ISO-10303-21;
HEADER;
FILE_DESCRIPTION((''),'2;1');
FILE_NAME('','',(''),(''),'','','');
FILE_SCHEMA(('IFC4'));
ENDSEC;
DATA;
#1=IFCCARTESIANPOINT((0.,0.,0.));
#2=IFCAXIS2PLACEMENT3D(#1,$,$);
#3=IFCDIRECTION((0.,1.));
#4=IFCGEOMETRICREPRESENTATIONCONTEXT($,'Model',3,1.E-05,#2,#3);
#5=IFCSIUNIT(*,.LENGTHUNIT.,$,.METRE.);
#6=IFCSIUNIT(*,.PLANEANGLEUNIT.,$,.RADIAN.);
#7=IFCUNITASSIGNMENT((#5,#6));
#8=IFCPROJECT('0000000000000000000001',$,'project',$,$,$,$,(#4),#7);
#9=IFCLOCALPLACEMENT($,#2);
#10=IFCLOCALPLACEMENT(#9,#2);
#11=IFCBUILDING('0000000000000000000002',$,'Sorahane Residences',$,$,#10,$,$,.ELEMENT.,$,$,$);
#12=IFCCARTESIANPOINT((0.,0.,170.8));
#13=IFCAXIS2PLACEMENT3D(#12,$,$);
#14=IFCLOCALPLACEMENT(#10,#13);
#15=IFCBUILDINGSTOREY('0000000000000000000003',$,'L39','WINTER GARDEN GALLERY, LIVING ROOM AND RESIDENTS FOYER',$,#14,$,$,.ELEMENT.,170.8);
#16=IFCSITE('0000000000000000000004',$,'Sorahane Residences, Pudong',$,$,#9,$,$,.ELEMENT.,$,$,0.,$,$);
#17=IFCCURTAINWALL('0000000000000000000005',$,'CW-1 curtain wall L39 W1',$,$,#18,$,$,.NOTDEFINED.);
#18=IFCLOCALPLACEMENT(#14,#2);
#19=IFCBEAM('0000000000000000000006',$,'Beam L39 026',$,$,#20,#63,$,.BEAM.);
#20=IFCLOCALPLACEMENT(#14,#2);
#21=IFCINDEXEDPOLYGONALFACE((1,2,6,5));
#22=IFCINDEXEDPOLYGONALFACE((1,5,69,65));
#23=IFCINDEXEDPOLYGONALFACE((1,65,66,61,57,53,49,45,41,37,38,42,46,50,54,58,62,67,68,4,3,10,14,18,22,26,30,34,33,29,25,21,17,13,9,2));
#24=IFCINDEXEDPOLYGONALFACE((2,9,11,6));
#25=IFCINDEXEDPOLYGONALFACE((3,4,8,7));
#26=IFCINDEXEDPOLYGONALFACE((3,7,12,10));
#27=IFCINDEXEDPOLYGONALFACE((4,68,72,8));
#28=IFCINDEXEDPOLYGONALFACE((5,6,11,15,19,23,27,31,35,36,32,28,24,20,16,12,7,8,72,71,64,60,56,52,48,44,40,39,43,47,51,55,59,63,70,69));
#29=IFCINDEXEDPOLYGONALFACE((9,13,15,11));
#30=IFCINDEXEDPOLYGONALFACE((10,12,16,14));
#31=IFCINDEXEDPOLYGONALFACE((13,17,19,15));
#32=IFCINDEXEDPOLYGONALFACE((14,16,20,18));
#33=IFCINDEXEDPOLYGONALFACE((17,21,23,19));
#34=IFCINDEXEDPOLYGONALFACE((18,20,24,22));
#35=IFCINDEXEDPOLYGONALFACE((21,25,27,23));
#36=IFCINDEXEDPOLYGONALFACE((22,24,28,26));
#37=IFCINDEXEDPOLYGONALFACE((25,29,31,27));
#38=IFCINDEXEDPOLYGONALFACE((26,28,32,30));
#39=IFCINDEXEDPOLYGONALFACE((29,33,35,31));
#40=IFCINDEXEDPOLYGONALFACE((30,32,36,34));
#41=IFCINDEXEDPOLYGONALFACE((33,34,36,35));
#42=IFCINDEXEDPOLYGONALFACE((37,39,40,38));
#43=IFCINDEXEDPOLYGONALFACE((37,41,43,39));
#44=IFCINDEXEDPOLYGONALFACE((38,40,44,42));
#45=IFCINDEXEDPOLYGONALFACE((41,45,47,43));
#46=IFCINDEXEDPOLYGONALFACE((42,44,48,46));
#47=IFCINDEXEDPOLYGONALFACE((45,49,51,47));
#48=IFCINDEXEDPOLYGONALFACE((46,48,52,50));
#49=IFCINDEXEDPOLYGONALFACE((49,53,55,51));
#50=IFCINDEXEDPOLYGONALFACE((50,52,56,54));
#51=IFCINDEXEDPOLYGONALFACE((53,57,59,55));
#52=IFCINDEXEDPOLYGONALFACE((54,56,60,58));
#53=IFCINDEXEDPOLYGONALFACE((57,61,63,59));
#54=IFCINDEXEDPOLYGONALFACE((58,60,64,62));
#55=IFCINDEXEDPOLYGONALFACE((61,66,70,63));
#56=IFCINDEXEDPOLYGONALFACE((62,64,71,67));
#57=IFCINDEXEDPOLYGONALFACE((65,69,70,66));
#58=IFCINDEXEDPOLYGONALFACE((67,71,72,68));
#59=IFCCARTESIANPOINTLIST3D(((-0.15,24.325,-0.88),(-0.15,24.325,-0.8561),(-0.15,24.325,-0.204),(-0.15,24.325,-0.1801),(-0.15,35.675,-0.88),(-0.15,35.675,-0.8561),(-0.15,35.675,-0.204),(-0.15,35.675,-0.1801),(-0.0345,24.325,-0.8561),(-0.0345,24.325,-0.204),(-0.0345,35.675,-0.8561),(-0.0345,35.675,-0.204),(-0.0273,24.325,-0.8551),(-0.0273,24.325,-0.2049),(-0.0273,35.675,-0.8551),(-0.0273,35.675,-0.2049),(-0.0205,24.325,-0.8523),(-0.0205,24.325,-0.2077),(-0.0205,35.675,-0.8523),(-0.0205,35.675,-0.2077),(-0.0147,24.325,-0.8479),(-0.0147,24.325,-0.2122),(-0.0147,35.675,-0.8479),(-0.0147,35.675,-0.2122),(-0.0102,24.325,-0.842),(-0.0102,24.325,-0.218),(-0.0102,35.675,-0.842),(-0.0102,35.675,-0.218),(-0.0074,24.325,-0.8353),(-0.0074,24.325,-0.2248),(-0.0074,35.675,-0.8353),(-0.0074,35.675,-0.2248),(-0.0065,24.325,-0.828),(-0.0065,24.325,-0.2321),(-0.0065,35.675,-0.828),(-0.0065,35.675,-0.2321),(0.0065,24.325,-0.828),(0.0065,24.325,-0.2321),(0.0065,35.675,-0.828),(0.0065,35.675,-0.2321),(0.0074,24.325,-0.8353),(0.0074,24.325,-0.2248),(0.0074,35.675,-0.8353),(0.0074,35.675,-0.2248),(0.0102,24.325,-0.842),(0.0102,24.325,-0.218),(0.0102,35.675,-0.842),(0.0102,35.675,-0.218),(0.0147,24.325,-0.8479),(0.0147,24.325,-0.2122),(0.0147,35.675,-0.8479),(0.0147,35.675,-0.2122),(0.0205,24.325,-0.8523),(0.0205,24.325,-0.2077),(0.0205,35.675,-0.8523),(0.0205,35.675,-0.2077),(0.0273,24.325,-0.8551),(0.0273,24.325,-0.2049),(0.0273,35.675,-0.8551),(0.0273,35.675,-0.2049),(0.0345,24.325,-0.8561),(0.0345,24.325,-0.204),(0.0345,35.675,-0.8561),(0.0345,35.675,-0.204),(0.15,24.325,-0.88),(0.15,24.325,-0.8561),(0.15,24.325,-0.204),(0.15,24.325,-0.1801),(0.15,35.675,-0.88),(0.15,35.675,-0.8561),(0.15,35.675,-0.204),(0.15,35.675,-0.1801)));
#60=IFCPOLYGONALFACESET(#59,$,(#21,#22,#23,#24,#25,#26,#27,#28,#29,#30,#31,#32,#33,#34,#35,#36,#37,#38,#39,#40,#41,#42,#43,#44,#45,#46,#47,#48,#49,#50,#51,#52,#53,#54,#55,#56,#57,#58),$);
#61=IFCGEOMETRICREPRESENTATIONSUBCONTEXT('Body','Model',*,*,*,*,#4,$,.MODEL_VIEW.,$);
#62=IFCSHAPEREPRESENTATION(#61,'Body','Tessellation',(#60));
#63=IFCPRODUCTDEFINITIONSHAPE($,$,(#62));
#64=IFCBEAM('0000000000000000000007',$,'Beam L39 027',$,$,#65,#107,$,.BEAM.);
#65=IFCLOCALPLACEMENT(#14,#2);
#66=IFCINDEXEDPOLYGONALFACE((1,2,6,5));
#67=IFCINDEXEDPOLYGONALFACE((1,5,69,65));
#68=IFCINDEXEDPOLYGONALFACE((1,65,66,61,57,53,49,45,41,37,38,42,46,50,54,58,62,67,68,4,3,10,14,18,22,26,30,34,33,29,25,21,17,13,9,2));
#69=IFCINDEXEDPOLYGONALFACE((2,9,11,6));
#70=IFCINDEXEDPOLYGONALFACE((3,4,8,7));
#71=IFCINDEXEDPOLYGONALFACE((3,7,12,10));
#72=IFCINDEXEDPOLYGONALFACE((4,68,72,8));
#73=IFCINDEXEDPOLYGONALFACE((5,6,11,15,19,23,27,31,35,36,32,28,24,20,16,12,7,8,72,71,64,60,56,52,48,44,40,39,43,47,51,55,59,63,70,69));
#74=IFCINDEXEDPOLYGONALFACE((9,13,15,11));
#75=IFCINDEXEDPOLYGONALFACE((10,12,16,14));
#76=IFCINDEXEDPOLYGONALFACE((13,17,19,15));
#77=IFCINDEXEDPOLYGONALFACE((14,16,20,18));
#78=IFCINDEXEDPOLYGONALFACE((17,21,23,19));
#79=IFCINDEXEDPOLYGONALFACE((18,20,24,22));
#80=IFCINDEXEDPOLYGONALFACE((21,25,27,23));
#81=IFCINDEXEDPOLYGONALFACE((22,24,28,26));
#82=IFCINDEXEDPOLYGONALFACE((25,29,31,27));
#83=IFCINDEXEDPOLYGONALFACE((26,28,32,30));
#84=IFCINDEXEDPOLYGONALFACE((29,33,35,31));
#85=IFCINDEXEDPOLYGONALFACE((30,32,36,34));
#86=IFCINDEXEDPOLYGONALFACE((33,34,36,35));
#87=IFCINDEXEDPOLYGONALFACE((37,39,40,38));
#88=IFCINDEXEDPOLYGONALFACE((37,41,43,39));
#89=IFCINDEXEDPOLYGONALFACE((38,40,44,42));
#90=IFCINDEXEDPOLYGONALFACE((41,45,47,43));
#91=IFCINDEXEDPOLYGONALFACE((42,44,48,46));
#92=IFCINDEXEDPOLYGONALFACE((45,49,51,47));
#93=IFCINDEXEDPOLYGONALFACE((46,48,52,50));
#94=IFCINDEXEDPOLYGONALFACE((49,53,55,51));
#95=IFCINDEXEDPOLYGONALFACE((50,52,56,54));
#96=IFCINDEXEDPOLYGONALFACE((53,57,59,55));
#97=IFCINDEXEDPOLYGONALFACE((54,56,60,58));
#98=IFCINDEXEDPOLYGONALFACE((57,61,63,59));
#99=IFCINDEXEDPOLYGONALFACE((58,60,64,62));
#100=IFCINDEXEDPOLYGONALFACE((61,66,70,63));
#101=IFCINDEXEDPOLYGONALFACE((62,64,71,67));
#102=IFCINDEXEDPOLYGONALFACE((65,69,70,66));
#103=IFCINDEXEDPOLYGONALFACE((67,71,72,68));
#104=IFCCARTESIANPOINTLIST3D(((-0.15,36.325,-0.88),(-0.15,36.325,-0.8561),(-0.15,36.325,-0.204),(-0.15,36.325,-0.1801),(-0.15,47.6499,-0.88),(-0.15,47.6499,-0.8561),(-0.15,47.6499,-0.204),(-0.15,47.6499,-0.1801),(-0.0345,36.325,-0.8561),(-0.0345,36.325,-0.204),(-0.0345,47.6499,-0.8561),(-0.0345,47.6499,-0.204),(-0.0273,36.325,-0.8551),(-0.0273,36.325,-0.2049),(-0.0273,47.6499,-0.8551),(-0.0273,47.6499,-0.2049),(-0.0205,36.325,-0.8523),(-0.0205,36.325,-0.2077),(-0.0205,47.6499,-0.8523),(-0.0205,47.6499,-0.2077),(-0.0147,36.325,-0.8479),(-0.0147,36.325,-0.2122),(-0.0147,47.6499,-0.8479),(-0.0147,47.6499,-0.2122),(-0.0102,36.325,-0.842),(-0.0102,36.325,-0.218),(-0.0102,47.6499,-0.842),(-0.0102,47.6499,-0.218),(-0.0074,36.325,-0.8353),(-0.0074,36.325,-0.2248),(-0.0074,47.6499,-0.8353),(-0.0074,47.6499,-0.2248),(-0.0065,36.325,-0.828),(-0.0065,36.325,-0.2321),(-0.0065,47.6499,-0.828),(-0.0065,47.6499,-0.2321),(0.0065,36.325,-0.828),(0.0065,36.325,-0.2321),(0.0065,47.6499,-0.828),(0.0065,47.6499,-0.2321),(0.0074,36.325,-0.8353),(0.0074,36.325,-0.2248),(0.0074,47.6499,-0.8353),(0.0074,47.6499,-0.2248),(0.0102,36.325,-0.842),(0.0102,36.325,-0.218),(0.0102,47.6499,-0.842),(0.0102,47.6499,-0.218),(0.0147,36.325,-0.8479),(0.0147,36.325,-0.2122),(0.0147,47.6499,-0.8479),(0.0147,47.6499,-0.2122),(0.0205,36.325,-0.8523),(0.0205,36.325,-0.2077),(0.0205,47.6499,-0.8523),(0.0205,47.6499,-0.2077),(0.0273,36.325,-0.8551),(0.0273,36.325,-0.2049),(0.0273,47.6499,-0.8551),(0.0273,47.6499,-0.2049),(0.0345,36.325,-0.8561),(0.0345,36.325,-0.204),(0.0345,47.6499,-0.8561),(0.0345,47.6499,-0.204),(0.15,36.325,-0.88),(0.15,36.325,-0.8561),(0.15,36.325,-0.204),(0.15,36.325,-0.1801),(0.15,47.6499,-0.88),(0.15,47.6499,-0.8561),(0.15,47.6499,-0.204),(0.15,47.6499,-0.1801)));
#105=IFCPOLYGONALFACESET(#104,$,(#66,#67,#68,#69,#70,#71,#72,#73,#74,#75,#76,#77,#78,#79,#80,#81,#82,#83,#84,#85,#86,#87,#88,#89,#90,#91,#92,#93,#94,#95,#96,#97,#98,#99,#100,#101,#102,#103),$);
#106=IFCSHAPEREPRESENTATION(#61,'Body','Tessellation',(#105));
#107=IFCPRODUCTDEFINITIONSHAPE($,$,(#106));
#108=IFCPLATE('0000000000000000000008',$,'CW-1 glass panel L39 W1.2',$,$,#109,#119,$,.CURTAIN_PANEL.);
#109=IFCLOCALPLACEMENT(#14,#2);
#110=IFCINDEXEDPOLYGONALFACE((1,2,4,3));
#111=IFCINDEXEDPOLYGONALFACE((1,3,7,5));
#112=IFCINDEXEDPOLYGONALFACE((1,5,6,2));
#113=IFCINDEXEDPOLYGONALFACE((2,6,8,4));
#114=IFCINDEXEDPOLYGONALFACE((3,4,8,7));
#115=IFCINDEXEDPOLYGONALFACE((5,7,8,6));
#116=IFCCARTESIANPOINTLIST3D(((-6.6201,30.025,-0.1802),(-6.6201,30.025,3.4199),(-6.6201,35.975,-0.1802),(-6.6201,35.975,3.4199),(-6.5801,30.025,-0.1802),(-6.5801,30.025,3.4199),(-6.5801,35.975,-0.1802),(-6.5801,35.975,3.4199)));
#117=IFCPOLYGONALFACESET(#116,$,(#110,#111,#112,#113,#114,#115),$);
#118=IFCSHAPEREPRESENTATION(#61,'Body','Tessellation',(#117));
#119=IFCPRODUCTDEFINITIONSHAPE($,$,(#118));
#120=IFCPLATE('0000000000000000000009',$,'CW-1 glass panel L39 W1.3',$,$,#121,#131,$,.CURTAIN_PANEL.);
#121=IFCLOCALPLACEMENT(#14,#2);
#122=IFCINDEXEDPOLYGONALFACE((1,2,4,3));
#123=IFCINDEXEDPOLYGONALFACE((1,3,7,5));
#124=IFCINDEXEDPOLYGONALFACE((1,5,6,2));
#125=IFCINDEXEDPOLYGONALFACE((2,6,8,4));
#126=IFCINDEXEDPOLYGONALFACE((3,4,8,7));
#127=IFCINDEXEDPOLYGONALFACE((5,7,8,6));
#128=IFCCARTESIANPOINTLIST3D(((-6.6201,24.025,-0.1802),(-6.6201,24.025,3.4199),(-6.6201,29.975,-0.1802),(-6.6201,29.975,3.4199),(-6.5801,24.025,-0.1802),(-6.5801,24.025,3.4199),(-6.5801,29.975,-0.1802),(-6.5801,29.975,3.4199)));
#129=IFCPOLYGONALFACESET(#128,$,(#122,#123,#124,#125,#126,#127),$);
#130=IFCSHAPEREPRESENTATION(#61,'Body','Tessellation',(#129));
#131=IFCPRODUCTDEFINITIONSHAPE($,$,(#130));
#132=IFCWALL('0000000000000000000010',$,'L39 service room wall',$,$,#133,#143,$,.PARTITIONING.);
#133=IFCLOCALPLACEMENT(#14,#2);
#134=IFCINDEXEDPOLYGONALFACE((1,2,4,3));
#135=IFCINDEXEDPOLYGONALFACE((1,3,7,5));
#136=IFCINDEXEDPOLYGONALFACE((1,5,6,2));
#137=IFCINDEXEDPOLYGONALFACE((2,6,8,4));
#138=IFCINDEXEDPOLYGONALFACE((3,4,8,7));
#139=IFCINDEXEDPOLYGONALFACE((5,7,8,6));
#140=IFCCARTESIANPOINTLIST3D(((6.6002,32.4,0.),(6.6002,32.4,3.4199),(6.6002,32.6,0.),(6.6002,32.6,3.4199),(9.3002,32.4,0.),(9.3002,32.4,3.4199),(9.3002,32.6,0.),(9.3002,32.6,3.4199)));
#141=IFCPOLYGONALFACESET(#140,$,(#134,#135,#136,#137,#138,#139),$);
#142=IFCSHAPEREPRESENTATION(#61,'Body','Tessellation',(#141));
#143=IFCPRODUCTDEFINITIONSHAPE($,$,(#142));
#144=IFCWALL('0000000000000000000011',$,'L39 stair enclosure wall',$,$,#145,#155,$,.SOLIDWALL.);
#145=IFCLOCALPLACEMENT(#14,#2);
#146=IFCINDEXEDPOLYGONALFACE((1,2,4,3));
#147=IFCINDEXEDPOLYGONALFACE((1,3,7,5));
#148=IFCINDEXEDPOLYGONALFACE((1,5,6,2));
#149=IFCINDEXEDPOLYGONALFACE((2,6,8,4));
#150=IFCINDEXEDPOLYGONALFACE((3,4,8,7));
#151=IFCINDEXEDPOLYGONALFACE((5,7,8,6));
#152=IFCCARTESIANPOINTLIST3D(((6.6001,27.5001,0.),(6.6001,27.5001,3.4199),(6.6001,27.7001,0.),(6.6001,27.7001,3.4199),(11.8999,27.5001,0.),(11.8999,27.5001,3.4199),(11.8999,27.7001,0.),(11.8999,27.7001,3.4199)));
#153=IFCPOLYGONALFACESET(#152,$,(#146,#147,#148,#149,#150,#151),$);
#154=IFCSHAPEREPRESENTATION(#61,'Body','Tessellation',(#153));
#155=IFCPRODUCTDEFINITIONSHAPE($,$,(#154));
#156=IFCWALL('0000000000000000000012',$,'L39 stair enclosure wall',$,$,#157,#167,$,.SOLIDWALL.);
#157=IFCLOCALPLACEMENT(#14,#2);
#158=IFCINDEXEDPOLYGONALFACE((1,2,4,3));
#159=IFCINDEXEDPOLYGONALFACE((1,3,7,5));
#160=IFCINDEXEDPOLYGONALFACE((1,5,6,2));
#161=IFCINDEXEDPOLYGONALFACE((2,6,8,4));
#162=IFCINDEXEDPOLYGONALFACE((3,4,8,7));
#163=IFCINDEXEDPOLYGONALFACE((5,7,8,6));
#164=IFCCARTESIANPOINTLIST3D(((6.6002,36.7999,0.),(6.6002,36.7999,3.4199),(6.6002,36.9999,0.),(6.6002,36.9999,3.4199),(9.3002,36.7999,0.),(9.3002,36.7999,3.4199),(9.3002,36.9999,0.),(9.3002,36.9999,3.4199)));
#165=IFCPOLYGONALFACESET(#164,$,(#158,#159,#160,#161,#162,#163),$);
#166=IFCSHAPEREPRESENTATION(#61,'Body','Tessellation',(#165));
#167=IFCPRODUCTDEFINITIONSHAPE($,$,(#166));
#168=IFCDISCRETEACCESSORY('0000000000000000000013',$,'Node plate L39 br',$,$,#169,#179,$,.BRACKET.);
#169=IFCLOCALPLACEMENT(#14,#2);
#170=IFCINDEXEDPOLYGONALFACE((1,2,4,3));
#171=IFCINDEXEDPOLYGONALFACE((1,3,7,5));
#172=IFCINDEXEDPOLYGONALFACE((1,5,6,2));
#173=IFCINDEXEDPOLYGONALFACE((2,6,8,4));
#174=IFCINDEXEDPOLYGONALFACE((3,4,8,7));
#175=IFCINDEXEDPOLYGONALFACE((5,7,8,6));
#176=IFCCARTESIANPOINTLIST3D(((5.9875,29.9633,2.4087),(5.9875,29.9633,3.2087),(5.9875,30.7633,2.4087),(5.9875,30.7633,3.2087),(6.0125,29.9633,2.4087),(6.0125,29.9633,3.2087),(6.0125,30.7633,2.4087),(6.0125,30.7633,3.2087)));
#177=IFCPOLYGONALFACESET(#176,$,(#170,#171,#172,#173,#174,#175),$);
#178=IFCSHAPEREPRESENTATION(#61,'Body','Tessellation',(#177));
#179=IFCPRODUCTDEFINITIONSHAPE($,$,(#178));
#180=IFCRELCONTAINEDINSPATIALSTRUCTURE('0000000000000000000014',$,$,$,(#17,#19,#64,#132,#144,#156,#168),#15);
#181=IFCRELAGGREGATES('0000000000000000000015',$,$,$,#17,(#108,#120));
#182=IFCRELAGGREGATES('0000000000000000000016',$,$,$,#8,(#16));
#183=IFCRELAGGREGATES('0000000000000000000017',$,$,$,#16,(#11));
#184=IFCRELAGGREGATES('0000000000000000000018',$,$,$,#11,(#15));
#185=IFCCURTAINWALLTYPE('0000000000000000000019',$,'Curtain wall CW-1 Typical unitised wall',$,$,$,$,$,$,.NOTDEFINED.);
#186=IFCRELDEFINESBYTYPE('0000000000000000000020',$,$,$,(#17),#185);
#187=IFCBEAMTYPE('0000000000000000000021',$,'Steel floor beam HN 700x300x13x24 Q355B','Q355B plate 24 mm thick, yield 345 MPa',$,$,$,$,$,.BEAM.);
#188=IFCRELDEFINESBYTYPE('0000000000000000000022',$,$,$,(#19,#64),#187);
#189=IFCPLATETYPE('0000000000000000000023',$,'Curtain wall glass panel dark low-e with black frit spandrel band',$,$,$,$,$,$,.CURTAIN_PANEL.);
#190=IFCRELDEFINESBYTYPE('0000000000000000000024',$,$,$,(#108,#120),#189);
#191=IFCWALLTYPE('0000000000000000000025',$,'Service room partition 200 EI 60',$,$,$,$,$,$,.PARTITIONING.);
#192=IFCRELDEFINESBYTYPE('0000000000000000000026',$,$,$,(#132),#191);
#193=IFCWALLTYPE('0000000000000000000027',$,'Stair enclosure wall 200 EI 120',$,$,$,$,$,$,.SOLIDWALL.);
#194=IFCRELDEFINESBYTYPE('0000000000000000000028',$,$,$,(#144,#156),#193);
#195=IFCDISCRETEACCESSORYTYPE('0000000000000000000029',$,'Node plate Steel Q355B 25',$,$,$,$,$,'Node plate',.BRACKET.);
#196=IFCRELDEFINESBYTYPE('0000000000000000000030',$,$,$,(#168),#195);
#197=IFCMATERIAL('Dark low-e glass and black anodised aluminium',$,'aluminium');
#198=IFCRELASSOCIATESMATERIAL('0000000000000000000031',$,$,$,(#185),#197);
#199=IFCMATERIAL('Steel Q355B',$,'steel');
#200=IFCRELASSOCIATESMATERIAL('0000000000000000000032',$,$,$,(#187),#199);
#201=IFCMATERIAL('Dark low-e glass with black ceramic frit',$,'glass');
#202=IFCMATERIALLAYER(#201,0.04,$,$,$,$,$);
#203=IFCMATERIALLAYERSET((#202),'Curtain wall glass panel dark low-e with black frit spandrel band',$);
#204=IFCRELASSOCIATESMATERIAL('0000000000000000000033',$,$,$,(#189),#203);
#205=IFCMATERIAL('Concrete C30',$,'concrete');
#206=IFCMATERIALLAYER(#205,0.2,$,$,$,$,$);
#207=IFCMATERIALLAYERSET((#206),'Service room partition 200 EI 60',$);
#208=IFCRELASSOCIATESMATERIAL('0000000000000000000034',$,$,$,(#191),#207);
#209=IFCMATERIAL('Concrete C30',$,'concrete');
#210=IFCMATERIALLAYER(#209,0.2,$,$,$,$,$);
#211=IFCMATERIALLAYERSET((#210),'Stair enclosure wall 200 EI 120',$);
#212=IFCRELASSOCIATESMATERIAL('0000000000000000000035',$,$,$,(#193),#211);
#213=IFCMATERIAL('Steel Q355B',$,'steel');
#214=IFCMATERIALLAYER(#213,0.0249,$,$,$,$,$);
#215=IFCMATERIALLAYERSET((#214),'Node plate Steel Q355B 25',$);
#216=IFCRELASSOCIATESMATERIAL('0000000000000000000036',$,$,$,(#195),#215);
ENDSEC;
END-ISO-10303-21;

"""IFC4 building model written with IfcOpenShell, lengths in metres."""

from ifc_helpers import new_model, si_unit, direction, frame, frame_2d, origin, origin_2d, place, context, subcontext, project, spatial, rectangle, i_section, extrude, material, layer, layer_set, material_profile, profile_set, type_object, element, aggregate, save


model = new_model("IFC4")

# Units and contexts
model_context = context("Model", 3, precision=1e-05, world=origin(), true_north=direction((0.0, 1.0)))
body_context = subcontext(model_context, "Body", "Model", "MODEL_VIEW")
ifc_project = project(units=[si_unit("LENGTHUNIT", "METRE"), si_unit("PLANEANGLEUNIT", "RADIAN")], contexts=[model_context])

# Site, building, storey
site_placement = place(None, origin())
site = spatial("IfcSite", under=ifc_project, at=site_placement, Name="Sorahane Residences, Pudong", CompositionType="ELEMENT", RefElevation=0.0)
building_placement = place(site_placement, origin())
building = spatial("IfcBuilding", under=site, at=building_placement, Name="Sorahane Residences", CompositionType="ELEMENT")
storey_placement = place(building_placement, frame((0.0, 0.0, 170.8)))
storey = spatial("IfcBuildingStorey", under=building, at=storey_placement, Name="L39", Description="WINTER GARDEN GALLERY, LIVING ROOM AND RESIDENTS FOYER", CompositionType="ELEMENT", Elevation=170.8)

# Curtain wall
ifc_material_1 = material(Name="Dark low-e glass and black anodised aluminium", Category="aluminium")
curtain_wall_type = type_object("IfcCurtainWallType", Name="Curtain wall CW-1 Typical unitised wall", PredefinedType="NOTDEFINED", material=ifc_material_1)
curtain_wall_placement = place(storey_placement, origin())
curtain_wall = element("IfcCurtainWall", 1, at=curtain_wall_placement, inside=storey, type_object=curtain_wall_type, Name="CW-1 curtain wall L39 W1", PredefinedType="NOTDEFINED")

# Beams
ifc_material_2 = material(Name="Steel Q355B", Category="steel")
ifc_material_profile_1 = material_profile(ifc_material_2, i_section(OverallWidth=0.3, OverallDepth=0.7, WebThickness=0.0129, FlangeThickness=0.0239, FilletRadius=0.0281, at=origin_2d()), Name="HN 700x300x13x24")
ifc_profile_set_1 = profile_set([ifc_material_profile_1], Name="Steel Q355B")
beam_type_1 = type_object("IfcBeamType", Name="Steel floor beam HN 700x300x13x24 Q355B", Description="Q355B plate 24 mm thick, yield 345 MPa", PredefinedType="BEAM", material=ifc_profile_set_1)
beam_1_placement = place(storey_placement, frame((0.0, 24.325, -0.53), z_axis=(0.0, 1.0, 0.0), x_axis=(-1.0, 0.0, 0.0)))
element("IfcBeam", 2, at=beam_1_placement, inside=storey, type_object=beam_type_1, Name="Beam L39 026", PredefinedType="BEAM", context=body_context, shape_type="SweptSolid", body=[
    extrude(i_section(OverallWidth=0.3, OverallDepth=0.7, WebThickness=0.0129, FlangeThickness=0.0239, FilletRadius=0.0281, at=origin_2d()), origin(), (0.0, 0.0, 1.0), 11.3501),
])
beam_2_placement = place(storey_placement, frame((0.0, 36.325, -0.53), z_axis=(0.0, 1.0, 0.0), x_axis=(-1.0, 0.0, 0.0)))
element("IfcBeam", 3, at=beam_2_placement, inside=storey, type_object=beam_type_1, Name="Beam L39 027", PredefinedType="BEAM", context=body_context, shape_type="SweptSolid", body=[
    extrude(i_section(OverallWidth=0.3, OverallDepth=0.7, WebThickness=0.0129, FlangeThickness=0.0239, FilletRadius=0.0281, at=origin_2d()), origin(), (0.0, 0.0, 1.0), 11.325),
])

# Plates
ifc_material_3 = material(Name="Dark low-e glass with black ceramic frit", Category="glass")
ifc_layer_1 = layer(ifc_material_3, 0.04)
ifc_layer_set_1 = layer_set([ifc_layer_1], Name="Curtain wall glass panel dark low-e with black frit spandrel band")
plate_type = type_object("IfcPlateType", Name="Curtain wall glass panel dark low-e with black frit spandrel band", PredefinedType="CURTAIN_PANEL", material=ifc_layer_set_1)
plate_1_placement = place(storey_placement, frame((-6.6001, 33.0, -0.1802), z_axis=(0.0, 0.0, 1.0), x_axis=(0.0, -1.0, 0.0)))
plate_1 = element("IfcPlate", 4, at=plate_1_placement, type_object=plate_type, Name="CW-1 glass panel L39 W1.2", PredefinedType="CURTAIN_PANEL", context=body_context, shape_type="SweptSolid", body=[
    extrude(rectangle(XDim=5.95, YDim=0.04, at=origin_2d()), origin(), (0.0, 0.0, 1.0), 3.6001),
])
plate_2_placement = place(storey_placement, frame((-6.6001, 27.0, -0.1802), z_axis=(0.0, 0.0, 1.0), x_axis=(0.0, -1.0, 0.0)))
plate_2 = element("IfcPlate", 5, at=plate_2_placement, type_object=plate_type, Name="CW-1 glass panel L39 W1.3", PredefinedType="CURTAIN_PANEL", context=body_context, shape_type="SweptSolid", body=[
    extrude(rectangle(XDim=5.95, YDim=0.04, at=origin_2d()), origin(), (0.0, 0.0, 1.0), 3.6001),
])
aggregate(curtain_wall, [plate_1, plate_2])

# Walls
ifc_material_4 = material(Name="Concrete C30", Category="concrete")
ifc_layer_2 = layer(ifc_material_4, 0.2)
ifc_layer_set_2 = layer_set([ifc_layer_2], Name="Service room partition 200 EI 60")
wall_type_1 = type_object("IfcWallType", Name="Service room partition 200 EI 60", PredefinedType="PARTITIONING", material=ifc_layer_set_2)
wall_1_placement = place(storey_placement, frame((6.6001, 32.5, 0.0), z_axis=(0.0, 0.0, 1.0), x_axis=(1.0, 0.0, 0.0)))
element("IfcWall", 6, at=wall_1_placement, inside=storey, type_object=wall_type_1, Name="L39 service room wall", PredefinedType="PARTITIONING", context=body_context, shape_type="SweptSolid", body=[
    extrude(rectangle(XDim=2.7, YDim=0.2, at=frame_2d((1.3501, 0.0))), origin(), (0.0, 0.0, 1.0), 3.4199),
])
ifc_material_5 = material(Name="Concrete C30", Category="concrete")
ifc_layer_3 = layer(ifc_material_5, 0.2)
ifc_layer_set_3 = layer_set([ifc_layer_3], Name="Stair enclosure wall 200 EI 120")
wall_type_2 = type_object("IfcWallType", Name="Stair enclosure wall 200 EI 120", PredefinedType="SOLIDWALL", material=ifc_layer_set_3)
wall_2_placement = place(storey_placement, frame((6.6001, 27.6001, 0.0), z_axis=(0.0, 0.0, 1.0), x_axis=(1.0, 0.0, 0.0)))
element("IfcWall", 7, at=wall_2_placement, inside=storey, type_object=wall_type_2, Name="L39 stair enclosure wall", PredefinedType="SOLIDWALL", context=body_context, shape_type="SweptSolid", body=[
    extrude(rectangle(XDim=5.2998, YDim=0.2, at=frame_2d((2.6499, 0.0))), origin(), (0.0, 0.0, 1.0), 3.4199),
])
wall_3_placement = place(storey_placement, frame((6.6001, 36.8999, 0.0), z_axis=(0.0, 0.0, 1.0), x_axis=(1.0, 0.0, 0.0)))
element("IfcWall", 8, at=wall_3_placement, inside=storey, type_object=wall_type_2, Name="L39 stair enclosure wall", PredefinedType="SOLIDWALL", context=body_context, shape_type="SweptSolid", body=[
    extrude(rectangle(XDim=2.7, YDim=0.2, at=frame_2d((1.3501, 0.0))), origin(), (0.0, 0.0, 1.0), 3.4199),
])

# Discrete accessory
ifc_material_6 = material(Name="Steel Q355B", Category="steel")
ifc_layer_4 = layer(ifc_material_6, 0.0249)
ifc_layer_set_4 = layer_set([ifc_layer_4], Name="Node plate Steel Q355B 25")
discrete_accessory_type = type_object("IfcDiscreteAccessoryType", Name="Node plate Steel Q355B 25", ElementType="Node plate", PredefinedType="BRACKET", material=ifc_layer_set_4)
discrete_accessory_placement = place(storey_placement, frame((6.0, 30.3633, 2.4087), z_axis=(0.0, 0.0, 1.0), x_axis=(0.0, 1.0, 0.0)))
element("IfcDiscreteAccessory", 9, at=discrete_accessory_placement, inside=storey, type_object=discrete_accessory_type, Name="Node plate L39 br", PredefinedType="BRACKET", context=body_context, shape_type="SweptSolid", body=[
    extrude(rectangle(XDim=0.8, YDim=0.0249, at=origin_2d()), origin(), (0.0, 0.0, 1.0), 0.8),
])

save(model, "model.ifc")
